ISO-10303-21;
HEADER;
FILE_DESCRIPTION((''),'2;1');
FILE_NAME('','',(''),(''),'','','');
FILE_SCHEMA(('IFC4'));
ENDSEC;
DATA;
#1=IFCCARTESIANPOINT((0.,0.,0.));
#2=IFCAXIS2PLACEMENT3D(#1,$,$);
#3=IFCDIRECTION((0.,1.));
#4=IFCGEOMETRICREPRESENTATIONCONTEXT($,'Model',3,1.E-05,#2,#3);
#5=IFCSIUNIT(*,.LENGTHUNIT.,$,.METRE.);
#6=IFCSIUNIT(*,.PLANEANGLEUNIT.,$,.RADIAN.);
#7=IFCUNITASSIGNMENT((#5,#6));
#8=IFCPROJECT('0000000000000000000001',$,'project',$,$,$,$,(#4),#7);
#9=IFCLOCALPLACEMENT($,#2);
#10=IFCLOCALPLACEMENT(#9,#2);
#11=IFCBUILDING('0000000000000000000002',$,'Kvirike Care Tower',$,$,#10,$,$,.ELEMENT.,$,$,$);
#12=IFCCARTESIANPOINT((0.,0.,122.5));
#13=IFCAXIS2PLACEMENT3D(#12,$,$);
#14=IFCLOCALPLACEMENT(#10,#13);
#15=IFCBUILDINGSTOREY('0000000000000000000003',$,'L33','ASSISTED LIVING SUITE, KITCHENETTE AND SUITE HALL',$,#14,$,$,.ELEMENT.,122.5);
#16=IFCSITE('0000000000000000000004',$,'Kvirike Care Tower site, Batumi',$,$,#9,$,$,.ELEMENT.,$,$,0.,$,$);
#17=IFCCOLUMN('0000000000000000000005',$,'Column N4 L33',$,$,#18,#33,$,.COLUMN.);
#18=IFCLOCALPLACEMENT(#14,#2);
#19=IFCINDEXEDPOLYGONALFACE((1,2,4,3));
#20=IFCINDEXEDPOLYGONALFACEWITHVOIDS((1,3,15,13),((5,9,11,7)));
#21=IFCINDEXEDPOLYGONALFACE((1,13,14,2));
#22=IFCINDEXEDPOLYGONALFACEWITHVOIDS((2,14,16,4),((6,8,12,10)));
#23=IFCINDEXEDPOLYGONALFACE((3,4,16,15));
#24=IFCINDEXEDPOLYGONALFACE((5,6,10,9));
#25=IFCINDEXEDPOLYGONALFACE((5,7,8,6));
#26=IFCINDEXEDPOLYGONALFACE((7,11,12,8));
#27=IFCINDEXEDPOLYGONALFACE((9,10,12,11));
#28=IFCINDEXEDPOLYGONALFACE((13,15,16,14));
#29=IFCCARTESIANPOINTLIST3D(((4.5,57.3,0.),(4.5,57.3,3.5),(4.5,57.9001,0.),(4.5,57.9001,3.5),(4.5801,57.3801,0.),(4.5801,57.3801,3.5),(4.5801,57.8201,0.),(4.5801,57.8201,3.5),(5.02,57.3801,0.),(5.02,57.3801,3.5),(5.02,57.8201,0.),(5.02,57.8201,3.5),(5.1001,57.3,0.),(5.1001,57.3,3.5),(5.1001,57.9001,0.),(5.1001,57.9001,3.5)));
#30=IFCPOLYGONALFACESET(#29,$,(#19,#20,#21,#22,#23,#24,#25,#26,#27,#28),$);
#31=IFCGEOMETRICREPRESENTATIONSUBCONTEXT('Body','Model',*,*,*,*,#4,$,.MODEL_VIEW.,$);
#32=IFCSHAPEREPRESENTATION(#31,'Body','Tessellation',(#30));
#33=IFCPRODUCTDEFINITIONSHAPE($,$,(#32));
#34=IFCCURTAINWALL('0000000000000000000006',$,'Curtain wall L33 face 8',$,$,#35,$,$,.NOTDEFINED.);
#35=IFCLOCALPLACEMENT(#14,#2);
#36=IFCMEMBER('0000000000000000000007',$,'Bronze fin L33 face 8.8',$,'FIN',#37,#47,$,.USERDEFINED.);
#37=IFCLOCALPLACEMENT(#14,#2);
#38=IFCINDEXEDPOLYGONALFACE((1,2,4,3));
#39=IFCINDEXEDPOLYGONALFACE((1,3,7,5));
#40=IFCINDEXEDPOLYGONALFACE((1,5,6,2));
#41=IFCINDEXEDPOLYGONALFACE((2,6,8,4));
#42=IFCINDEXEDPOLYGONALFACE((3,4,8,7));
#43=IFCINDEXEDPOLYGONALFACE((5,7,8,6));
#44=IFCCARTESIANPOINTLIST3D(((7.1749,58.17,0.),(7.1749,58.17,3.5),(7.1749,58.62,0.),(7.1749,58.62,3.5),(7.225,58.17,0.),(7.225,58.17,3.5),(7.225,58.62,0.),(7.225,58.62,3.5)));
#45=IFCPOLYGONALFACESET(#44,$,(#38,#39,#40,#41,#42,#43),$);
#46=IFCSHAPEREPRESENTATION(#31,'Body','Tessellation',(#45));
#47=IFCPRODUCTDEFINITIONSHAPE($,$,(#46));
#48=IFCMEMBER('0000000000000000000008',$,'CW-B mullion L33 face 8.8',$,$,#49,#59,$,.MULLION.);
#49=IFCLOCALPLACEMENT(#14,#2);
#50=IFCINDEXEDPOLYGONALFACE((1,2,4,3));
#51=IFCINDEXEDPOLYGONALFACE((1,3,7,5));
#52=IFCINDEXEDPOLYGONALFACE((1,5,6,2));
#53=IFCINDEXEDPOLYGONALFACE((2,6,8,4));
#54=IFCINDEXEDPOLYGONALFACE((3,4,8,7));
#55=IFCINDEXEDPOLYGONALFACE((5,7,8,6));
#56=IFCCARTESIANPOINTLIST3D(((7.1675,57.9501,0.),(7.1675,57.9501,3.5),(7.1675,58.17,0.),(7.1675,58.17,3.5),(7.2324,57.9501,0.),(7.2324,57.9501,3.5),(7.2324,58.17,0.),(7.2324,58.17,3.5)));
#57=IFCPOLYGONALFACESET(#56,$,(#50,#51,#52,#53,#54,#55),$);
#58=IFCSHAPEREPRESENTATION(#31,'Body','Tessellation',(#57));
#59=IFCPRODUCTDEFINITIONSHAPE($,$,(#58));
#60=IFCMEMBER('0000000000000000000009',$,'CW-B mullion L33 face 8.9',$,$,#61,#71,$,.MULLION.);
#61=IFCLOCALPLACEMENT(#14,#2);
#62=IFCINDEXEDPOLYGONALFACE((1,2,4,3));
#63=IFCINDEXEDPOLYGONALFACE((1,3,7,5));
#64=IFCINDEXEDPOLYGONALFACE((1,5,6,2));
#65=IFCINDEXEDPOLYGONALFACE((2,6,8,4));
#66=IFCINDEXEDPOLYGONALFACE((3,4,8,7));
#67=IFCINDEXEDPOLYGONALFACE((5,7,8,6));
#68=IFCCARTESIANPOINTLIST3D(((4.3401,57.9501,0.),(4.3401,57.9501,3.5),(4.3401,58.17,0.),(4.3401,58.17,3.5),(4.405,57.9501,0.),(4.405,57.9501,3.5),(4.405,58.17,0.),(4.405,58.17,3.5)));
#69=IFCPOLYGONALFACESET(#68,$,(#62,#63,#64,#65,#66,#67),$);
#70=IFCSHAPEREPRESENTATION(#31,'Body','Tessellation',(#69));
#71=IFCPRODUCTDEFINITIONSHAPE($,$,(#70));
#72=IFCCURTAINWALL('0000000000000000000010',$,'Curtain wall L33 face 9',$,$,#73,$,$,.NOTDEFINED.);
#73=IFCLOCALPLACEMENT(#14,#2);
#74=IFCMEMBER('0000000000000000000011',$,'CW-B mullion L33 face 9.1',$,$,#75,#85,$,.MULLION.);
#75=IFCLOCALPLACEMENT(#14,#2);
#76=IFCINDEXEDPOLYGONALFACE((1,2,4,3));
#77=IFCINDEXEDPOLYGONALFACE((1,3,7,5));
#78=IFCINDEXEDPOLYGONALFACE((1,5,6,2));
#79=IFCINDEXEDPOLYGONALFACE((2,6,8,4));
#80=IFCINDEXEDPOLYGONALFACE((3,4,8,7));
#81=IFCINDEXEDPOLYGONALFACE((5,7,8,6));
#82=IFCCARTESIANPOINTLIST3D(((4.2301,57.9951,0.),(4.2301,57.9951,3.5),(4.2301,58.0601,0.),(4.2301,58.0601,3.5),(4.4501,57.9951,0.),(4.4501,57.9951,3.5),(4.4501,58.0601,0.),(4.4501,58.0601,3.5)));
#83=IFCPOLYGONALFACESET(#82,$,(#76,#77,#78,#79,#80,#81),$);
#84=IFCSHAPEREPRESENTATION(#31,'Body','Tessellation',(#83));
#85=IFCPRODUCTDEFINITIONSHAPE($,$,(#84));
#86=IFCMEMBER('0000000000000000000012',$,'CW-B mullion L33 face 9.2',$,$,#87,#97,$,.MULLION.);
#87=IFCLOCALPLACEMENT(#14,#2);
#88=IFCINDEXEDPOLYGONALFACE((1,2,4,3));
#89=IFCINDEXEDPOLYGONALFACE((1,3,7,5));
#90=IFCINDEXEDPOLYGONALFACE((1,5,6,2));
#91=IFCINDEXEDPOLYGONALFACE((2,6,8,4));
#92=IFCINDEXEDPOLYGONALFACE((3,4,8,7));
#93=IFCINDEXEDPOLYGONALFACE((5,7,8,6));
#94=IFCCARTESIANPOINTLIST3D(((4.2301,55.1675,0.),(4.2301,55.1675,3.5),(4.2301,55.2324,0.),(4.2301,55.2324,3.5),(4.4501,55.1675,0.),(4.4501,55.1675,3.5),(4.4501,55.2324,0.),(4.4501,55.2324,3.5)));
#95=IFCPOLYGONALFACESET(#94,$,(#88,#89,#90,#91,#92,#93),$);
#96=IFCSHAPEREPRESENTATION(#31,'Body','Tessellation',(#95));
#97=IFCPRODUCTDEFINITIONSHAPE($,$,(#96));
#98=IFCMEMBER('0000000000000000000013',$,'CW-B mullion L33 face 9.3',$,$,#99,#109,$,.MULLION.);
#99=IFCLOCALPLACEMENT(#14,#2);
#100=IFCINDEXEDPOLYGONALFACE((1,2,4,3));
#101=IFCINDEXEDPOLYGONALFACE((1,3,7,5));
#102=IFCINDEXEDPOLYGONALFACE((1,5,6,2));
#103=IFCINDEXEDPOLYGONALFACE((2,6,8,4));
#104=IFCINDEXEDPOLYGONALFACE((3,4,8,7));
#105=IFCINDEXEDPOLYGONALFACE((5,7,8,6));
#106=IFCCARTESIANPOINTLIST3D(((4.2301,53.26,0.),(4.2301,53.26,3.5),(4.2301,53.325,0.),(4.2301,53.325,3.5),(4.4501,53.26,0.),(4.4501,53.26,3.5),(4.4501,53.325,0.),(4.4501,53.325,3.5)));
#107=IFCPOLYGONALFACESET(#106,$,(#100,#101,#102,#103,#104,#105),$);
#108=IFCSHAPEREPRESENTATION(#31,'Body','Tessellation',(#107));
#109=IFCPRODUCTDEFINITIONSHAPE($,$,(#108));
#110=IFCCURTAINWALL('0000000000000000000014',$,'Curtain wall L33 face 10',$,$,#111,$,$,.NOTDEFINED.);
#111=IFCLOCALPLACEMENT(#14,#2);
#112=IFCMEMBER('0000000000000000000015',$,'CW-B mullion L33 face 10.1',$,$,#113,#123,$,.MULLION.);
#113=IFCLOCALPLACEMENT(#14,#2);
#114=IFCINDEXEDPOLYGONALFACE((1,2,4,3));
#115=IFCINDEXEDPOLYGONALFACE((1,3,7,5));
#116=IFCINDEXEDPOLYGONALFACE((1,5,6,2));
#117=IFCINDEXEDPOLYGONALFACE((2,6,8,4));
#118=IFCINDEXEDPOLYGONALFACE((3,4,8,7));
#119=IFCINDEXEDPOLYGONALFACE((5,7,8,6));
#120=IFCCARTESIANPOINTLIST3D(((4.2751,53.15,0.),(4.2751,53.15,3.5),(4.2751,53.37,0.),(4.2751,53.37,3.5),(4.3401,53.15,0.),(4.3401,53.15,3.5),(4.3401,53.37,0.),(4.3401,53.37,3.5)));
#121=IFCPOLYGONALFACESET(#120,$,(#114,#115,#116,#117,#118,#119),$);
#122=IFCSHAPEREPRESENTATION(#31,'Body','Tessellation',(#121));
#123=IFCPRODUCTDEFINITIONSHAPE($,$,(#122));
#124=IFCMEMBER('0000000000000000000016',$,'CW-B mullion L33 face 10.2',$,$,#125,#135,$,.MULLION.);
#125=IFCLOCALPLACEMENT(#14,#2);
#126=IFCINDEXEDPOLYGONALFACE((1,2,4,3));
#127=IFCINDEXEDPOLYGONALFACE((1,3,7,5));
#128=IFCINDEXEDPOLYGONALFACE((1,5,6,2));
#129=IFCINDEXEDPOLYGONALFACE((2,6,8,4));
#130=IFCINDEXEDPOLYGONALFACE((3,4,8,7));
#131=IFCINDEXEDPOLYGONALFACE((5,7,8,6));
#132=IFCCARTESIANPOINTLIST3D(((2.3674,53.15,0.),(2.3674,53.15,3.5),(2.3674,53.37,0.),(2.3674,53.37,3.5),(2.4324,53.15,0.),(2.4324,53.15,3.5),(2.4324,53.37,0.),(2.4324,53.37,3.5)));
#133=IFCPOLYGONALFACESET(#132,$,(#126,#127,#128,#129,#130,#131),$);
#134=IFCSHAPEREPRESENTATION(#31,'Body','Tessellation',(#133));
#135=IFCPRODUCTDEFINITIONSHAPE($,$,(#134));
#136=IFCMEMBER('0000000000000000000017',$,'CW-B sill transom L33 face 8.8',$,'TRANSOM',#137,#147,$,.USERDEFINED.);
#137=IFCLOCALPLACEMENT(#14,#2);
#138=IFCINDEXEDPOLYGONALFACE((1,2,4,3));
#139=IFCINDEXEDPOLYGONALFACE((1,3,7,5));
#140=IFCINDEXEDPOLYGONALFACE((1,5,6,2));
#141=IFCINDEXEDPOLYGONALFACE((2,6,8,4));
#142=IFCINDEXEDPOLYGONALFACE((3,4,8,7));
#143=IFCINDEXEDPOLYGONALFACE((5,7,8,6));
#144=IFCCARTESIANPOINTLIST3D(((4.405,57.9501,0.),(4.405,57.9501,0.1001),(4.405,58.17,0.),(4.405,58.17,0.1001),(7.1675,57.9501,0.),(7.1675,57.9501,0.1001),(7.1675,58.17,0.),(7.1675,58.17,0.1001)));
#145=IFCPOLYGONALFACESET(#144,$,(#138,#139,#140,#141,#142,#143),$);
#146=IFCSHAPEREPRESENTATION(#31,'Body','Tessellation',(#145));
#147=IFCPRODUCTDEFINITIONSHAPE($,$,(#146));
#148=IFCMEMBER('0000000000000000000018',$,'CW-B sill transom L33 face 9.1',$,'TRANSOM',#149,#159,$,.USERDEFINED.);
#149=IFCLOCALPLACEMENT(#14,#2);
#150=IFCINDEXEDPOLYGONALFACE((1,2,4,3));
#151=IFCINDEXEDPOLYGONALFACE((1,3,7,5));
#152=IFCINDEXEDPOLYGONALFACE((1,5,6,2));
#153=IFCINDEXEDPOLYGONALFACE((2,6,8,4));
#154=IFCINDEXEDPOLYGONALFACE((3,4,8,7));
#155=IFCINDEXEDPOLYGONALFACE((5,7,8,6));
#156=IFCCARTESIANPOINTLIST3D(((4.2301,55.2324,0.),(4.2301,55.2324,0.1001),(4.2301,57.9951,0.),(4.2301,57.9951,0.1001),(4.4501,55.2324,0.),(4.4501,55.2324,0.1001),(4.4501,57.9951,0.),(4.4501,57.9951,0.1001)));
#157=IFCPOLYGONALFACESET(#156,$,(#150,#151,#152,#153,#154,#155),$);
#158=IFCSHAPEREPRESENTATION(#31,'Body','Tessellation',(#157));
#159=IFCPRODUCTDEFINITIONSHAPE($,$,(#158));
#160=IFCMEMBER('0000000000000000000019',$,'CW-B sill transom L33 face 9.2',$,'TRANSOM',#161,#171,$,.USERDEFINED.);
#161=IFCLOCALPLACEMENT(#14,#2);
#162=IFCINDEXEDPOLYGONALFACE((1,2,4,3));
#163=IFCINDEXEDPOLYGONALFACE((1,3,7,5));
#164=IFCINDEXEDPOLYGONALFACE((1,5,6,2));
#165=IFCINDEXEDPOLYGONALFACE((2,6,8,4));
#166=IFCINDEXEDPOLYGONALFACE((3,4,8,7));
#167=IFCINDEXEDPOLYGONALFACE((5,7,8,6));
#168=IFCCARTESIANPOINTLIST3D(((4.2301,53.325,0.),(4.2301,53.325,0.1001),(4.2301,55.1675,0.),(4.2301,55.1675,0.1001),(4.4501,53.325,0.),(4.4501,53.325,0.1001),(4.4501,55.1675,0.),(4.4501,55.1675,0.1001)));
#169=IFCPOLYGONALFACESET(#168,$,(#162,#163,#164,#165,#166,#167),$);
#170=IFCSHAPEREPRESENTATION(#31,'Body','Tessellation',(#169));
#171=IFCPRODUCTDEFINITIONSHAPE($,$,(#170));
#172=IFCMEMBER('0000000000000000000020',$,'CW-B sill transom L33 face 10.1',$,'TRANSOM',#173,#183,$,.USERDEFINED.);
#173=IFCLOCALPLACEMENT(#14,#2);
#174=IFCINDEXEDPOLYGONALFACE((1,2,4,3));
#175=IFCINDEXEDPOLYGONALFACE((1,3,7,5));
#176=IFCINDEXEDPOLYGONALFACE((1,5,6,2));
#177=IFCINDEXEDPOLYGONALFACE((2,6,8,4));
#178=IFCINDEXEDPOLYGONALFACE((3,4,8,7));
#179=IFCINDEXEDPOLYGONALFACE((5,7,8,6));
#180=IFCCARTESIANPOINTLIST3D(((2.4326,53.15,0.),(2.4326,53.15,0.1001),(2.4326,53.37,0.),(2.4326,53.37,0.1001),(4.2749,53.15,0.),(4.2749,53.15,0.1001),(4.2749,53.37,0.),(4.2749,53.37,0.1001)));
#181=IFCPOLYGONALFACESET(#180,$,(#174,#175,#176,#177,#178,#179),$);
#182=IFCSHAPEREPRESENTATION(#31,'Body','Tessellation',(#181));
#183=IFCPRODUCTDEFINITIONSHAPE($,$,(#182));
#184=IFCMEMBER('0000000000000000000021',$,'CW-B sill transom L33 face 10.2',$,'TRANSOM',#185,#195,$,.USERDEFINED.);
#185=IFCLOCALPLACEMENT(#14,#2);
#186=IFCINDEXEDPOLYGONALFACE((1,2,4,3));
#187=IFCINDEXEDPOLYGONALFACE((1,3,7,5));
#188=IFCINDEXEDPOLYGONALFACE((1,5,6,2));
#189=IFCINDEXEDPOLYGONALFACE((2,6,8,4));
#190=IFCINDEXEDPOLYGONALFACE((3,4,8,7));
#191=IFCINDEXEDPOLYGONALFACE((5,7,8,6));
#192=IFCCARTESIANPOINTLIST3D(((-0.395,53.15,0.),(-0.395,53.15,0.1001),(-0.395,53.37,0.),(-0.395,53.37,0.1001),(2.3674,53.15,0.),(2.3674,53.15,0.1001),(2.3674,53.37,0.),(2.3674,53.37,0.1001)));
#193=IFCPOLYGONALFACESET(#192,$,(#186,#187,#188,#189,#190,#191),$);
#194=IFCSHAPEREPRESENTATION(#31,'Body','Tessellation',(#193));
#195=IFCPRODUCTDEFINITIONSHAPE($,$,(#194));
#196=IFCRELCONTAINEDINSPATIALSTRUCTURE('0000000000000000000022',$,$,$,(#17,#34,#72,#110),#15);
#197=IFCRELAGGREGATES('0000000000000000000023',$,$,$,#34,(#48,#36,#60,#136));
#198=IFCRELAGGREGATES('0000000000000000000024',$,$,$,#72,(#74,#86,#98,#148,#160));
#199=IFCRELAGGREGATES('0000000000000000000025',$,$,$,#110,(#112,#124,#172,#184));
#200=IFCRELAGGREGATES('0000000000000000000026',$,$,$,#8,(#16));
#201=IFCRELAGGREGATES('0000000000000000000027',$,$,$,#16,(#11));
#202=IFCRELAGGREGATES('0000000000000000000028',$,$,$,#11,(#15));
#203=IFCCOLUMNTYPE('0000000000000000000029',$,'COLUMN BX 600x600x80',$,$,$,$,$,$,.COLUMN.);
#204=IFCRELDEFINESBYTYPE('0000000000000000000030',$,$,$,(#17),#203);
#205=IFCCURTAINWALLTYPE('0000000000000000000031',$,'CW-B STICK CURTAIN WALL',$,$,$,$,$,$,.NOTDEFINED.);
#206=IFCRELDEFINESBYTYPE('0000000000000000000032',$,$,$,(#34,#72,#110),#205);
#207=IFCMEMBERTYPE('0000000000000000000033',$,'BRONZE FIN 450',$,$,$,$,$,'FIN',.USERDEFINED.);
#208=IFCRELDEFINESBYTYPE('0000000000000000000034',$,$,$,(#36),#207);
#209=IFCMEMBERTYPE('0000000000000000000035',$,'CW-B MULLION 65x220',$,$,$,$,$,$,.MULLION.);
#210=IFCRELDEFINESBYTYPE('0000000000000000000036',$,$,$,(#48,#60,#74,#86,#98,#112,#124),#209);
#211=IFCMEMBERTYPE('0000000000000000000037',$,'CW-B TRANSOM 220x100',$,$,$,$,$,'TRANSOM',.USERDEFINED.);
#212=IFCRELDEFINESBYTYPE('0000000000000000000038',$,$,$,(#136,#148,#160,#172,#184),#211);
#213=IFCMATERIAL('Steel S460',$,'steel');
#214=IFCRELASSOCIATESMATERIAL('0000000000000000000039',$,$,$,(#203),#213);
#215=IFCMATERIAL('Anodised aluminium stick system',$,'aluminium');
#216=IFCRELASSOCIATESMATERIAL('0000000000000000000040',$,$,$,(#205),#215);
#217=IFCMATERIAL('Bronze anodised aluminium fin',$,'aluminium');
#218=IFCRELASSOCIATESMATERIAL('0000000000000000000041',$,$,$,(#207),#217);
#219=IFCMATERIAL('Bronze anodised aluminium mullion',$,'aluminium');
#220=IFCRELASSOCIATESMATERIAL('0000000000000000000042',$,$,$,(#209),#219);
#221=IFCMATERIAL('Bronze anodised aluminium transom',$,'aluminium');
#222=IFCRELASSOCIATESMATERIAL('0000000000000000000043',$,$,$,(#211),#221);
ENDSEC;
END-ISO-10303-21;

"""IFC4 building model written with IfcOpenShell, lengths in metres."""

from ifc_helpers import new_model, si_unit, direction, frame, origin, origin_2d, place, context, subcontext, project, spatial, rectangle, hollow_rectangle, extrude, material, material_profile, profile_set, type_object, element, aggregate, save


model = new_model("IFC4")

# Units and contexts
model_context = context("Model", 3, precision=1e-05, world=origin(), true_north=direction((0.0, 1.0)))
body_context = subcontext(model_context, "Body", "Model", "MODEL_VIEW")
ifc_project = project(units=[si_unit("LENGTHUNIT", "METRE"), si_unit("PLANEANGLEUNIT", "RADIAN")], contexts=[model_context])

# Site, building, storey
site_placement = place(None, origin())
site = spatial("IfcSite", under=ifc_project, at=site_placement, Name="Kvirike Care Tower site, Batumi", CompositionType="ELEMENT", RefElevation=0.0)
building_placement = place(site_placement, origin())
building = spatial("IfcBuilding", under=site, at=building_placement, Name="Kvirike Care Tower", CompositionType="ELEMENT")
storey_placement = place(building_placement, frame((0.0, 0.0, 122.5)))
storey = spatial("IfcBuildingStorey", under=building, at=storey_placement, Name="L33", Description="ASSISTED LIVING SUITE, KITCHENETTE AND SUITE HALL", CompositionType="ELEMENT", Elevation=122.5)

# Column
ifc_material_1 = material(Name="Steel S460", Category="steel")
ifc_material_profile_1 = material_profile(ifc_material_1, hollow_rectangle(XDim=0.6001, YDim=0.6001, WallThickness=0.0801, at=origin_2d()), Name="BX 600x600x80")
ifc_profile_set_1 = profile_set([ifc_material_profile_1], Name="Steel S460")
column_type = type_object("IfcColumnType", Name="COLUMN BX 600x600x80", PredefinedType="COLUMN", material=ifc_profile_set_1)
column_placement = place(storey_placement, frame((4.8, 57.6001, 0.0), z_axis=(0.0, 0.0, 1.0), x_axis=(0.0, 1.0, 0.0)))
element("IfcColumn", 1, at=column_placement, inside=storey, type_object=column_type, Name="Column N4 L33", PredefinedType="COLUMN", context=body_context, shape_type="SweptSolid", body=[
    extrude(hollow_rectangle(XDim=0.6001, YDim=0.6001, WallThickness=0.0801, at=origin_2d()), origin(), (0.0, 0.0, 1.0), 3.5),
])

# Curtain walls, members
ifc_material_2 = material(Name="Anodised aluminium stick system", Category="aluminium")
curtain_wall_type = type_object("IfcCurtainWallType", Name="CW-B STICK CURTAIN WALL", PredefinedType="NOTDEFINED", material=ifc_material_2)
curtain_wall_1_placement = place(storey_placement, origin())
curtain_wall_1 = element("IfcCurtainWall", 2, at=curtain_wall_1_placement, inside=storey, type_object=curtain_wall_type, Name="Curtain wall L33 face 8", PredefinedType="NOTDEFINED")
ifc_material_3 = material(Name="Bronze anodised aluminium fin", Category="aluminium")
ifc_material_profile_2 = material_profile(ifc_material_3, rectangle(XDim=0.05, YDim=0.45, at=origin_2d()), Name="BRONZE FIN 450")
ifc_profile_set_2 = profile_set([ifc_material_profile_2], Name="Bronze anodised aluminium fin")
member_type_1 = type_object("IfcMemberType", Name="BRONZE FIN 450", ElementType="FIN", PredefinedType="USERDEFINED", material=ifc_profile_set_2)
member_1_placement = place(storey_placement, frame((7.2, 58.395, 0.0), z_axis=(0.0, 0.0, 1.0), x_axis=(-1.0, 0.0, 0.0)))
member_1 = element("IfcMember", 3, at=member_1_placement, type_object=member_type_1, Name="Bronze fin L33 face 8.8", ObjectType="FIN", PredefinedType="USERDEFINED", context=body_context, shape_type="SweptSolid", body=[
    extrude(rectangle(XDim=0.05, YDim=0.45, at=origin_2d()), origin(), (0.0, 0.0, 1.0), 3.5),
])
ifc_material_4 = material(Name="Bronze anodised aluminium mullion", Category="aluminium")
ifc_material_profile_3 = material_profile(ifc_material_4, rectangle(XDim=0.0649, YDim=0.22, at=origin_2d()), Name="CW-B MULLION 65x220")
ifc_profile_set_3 = profile_set([ifc_material_profile_3], Name="Bronze anodised aluminium mullion")
member_type_2 = type_object("IfcMemberType", Name="CW-B MULLION 65x220", PredefinedType="MULLION", material=ifc_profile_set_3)
member_2_placement = place(storey_placement, frame((7.2, 58.0601, 0.0), z_axis=(0.0, 0.0, 1.0), x_axis=(-1.0, 0.0, 0.0)))
member_2 = element("IfcMember", 4, at=member_2_placement, type_object=member_type_2, Name="CW-B mullion L33 face 8.8", PredefinedType="MULLION", context=body_context, shape_type="SweptSolid", body=[
    extrude(rectangle(XDim=0.0649, YDim=0.22, at=origin_2d()), origin(), (0.0, 0.0, 1.0), 3.5),
])
member_3_placement = place(storey_placement, frame((4.3726, 58.0601, 0.0), z_axis=(0.0, 0.0, 1.0), x_axis=(-1.0, 0.0, 0.0)))
member_3 = element("IfcMember", 5, at=member_3_placement, type_object=member_type_2, Name="CW-B mullion L33 face 8.9", PredefinedType="MULLION", context=body_context, shape_type="SweptSolid", body=[
    extrude(rectangle(XDim=0.0649, YDim=0.22, at=origin_2d()), origin(), (0.0, 0.0, 1.0), 3.5),
])
curtain_wall_2_placement = place(storey_placement, origin())
curtain_wall_2 = element("IfcCurtainWall", 6, at=curtain_wall_2_placement, inside=storey, type_object=curtain_wall_type, Name="Curtain wall L33 face 9", PredefinedType="NOTDEFINED")
member_4_placement = place(storey_placement, frame((4.3401, 58.0276, 0.0), z_axis=(0.0, 0.0, 1.0), x_axis=(0.0, -1.0, 0.0)))
member_4 = element("IfcMember", 7, at=member_4_placement, type_object=member_type_2, Name="CW-B mullion L33 face 9.1", PredefinedType="MULLION", context=body_context, shape_type="SweptSolid", body=[
    extrude(rectangle(XDim=0.0649, YDim=0.22, at=origin_2d()), origin(), (0.0, 0.0, 1.0), 3.5),
])
member_5_placement = place(storey_placement, frame((4.3401, 55.2, 0.0), z_axis=(0.0, 0.0, 1.0), x_axis=(0.0, -1.0, 0.0)))
member_5 = element("IfcMember", 8, at=member_5_placement, type_object=member_type_2, Name="CW-B mullion L33 face 9.2", PredefinedType="MULLION", context=body_context, shape_type="SweptSolid", body=[
    extrude(rectangle(XDim=0.0649, YDim=0.22, at=origin_2d()), origin(), (0.0, 0.0, 1.0), 3.5),
])
member_6_placement = place(storey_placement, frame((4.3401, 53.2925, 0.0), z_axis=(0.0, 0.0, 1.0), x_axis=(0.0, -1.0, 0.0)))
member_6 = element("IfcMember", 9, at=member_6_placement, type_object=member_type_2, Name="CW-B mullion L33 face 9.3", PredefinedType="MULLION", context=body_context, shape_type="SweptSolid", body=[
    extrude(rectangle(XDim=0.0649, YDim=0.22, at=origin_2d()), origin(), (0.0, 0.0, 1.0), 3.5),
])
curtain_wall_3_placement = place(storey_placement, origin())
curtain_wall_3 = element("IfcCurtainWall", 10, at=curtain_wall_3_placement, inside=storey, type_object=curtain_wall_type, Name="Curtain wall L33 face 10", PredefinedType="NOTDEFINED")
member_7_placement = place(storey_placement, frame((4.3076, 53.26, 0.0), z_axis=(0.0, 0.0, 1.0), x_axis=(-1.0, 0.0, 0.0)))
member_7 = element("IfcMember", 11, at=member_7_placement, type_object=member_type_2, Name="CW-B mullion L33 face 10.1", PredefinedType="MULLION", context=body_context, shape_type="SweptSolid", body=[
    extrude(rectangle(XDim=0.0649, YDim=0.22, at=origin_2d()), origin(), (0.0, 0.0, 1.0), 3.5),
])
member_8_placement = place(storey_placement, frame((2.3999, 53.26, 0.0), z_axis=(0.0, 0.0, 1.0), x_axis=(-1.0, 0.0, 0.0)))
member_8 = element("IfcMember", 12, at=member_8_placement, type_object=member_type_2, Name="CW-B mullion L33 face 10.2", PredefinedType="MULLION", context=body_context, shape_type="SweptSolid", body=[
    extrude(rectangle(XDim=0.0649, YDim=0.22, at=origin_2d()), origin(), (0.0, 0.0, 1.0), 3.5),
])

# Members
ifc_material_5 = material(Name="Bronze anodised aluminium transom", Category="aluminium")
ifc_material_profile_4 = material_profile(ifc_material_5, rectangle(XDim=0.22, YDim=0.1001, at=origin_2d()), Name="CW-B TRANSOM 220x100")
ifc_profile_set_4 = profile_set([ifc_material_profile_4], Name="Bronze anodised aluminium transom")
member_type_3 = type_object("IfcMemberType", Name="CW-B TRANSOM 220x100", ElementType="TRANSOM", PredefinedType="USERDEFINED", material=ifc_profile_set_4)
member_9_placement = place(storey_placement, frame((7.1675, 58.0601, 0.05), z_axis=(-1.0, 0.0, 0.0), x_axis=(0.0, -1.0, 0.0)))
member_9 = element("IfcMember", 13, at=member_9_placement, type_object=member_type_3, Name="CW-B sill transom L33 face 8.8", ObjectType="TRANSOM", PredefinedType="USERDEFINED", context=body_context, shape_type="SweptSolid", body=[
    extrude(rectangle(XDim=0.22, YDim=0.1001, at=origin_2d()), origin(), (0.0, 0.0, 1.0), 2.7625),
])
member_10_placement = place(storey_placement, frame((4.3401, 57.9951, 0.05), z_axis=(0.0, -1.0, 0.0), x_axis=(1.0, 0.0, 0.0)))
member_10 = element("IfcMember", 14, at=member_10_placement, type_object=member_type_3, Name="CW-B sill transom L33 face 9.1", ObjectType="TRANSOM", PredefinedType="USERDEFINED", context=body_context, shape_type="SweptSolid", body=[
    extrude(rectangle(XDim=0.22, YDim=0.1001, at=origin_2d()), origin(), (0.0, 0.0, 1.0), 2.7627),
])
member_11_placement = place(storey_placement, frame((4.3401, 55.1675, 0.05), z_axis=(0.0, -1.0, 0.0), x_axis=(1.0, 0.0, 0.0)))
member_11 = element("IfcMember", 15, at=member_11_placement, type_object=member_type_3, Name="CW-B sill transom L33 face 9.2", ObjectType="TRANSOM", PredefinedType="USERDEFINED", context=body_context, shape_type="SweptSolid", body=[
    extrude(rectangle(XDim=0.22, YDim=0.1001, at=origin_2d()), origin(), (0.0, 0.0, 1.0), 1.8425),
])
member_12_placement = place(storey_placement, frame((4.2749, 53.26, 0.05), z_axis=(-1.0, 0.0, 0.0), x_axis=(0.0, -1.0, 0.0)))
member_12 = element("IfcMember", 16, at=member_12_placement, type_object=member_type_3, Name="CW-B sill transom L33 face 10.1", ObjectType="TRANSOM", PredefinedType="USERDEFINED", context=body_context, shape_type="SweptSolid", body=[
    extrude(rectangle(XDim=0.22, YDim=0.1001, at=origin_2d()), origin(), (0.0, 0.0, 1.0), 1.8423),
])
member_13_placement = place(storey_placement, frame((2.3674, 53.26, 0.05), z_axis=(-1.0, 0.0, 0.0), x_axis=(0.0, -1.0, 0.0)))
member_13 = element("IfcMember", 17, at=member_13_placement, type_object=member_type_3, Name="CW-B sill transom L33 face 10.2", ObjectType="TRANSOM", PredefinedType="USERDEFINED", context=body_context, shape_type="SweptSolid", body=[
    extrude(rectangle(XDim=0.22, YDim=0.1001, at=origin_2d()), origin(), (0.0, 0.0, 1.0), 2.7625),
])

aggregate(curtain_wall_1, [member_2, member_1, member_3, member_9])
aggregate(curtain_wall_2, [member_4, member_5, member_6, member_10, member_11])
aggregate(curtain_wall_3, [member_7, member_8, member_12, member_13])

save(model, "model.ifc")
